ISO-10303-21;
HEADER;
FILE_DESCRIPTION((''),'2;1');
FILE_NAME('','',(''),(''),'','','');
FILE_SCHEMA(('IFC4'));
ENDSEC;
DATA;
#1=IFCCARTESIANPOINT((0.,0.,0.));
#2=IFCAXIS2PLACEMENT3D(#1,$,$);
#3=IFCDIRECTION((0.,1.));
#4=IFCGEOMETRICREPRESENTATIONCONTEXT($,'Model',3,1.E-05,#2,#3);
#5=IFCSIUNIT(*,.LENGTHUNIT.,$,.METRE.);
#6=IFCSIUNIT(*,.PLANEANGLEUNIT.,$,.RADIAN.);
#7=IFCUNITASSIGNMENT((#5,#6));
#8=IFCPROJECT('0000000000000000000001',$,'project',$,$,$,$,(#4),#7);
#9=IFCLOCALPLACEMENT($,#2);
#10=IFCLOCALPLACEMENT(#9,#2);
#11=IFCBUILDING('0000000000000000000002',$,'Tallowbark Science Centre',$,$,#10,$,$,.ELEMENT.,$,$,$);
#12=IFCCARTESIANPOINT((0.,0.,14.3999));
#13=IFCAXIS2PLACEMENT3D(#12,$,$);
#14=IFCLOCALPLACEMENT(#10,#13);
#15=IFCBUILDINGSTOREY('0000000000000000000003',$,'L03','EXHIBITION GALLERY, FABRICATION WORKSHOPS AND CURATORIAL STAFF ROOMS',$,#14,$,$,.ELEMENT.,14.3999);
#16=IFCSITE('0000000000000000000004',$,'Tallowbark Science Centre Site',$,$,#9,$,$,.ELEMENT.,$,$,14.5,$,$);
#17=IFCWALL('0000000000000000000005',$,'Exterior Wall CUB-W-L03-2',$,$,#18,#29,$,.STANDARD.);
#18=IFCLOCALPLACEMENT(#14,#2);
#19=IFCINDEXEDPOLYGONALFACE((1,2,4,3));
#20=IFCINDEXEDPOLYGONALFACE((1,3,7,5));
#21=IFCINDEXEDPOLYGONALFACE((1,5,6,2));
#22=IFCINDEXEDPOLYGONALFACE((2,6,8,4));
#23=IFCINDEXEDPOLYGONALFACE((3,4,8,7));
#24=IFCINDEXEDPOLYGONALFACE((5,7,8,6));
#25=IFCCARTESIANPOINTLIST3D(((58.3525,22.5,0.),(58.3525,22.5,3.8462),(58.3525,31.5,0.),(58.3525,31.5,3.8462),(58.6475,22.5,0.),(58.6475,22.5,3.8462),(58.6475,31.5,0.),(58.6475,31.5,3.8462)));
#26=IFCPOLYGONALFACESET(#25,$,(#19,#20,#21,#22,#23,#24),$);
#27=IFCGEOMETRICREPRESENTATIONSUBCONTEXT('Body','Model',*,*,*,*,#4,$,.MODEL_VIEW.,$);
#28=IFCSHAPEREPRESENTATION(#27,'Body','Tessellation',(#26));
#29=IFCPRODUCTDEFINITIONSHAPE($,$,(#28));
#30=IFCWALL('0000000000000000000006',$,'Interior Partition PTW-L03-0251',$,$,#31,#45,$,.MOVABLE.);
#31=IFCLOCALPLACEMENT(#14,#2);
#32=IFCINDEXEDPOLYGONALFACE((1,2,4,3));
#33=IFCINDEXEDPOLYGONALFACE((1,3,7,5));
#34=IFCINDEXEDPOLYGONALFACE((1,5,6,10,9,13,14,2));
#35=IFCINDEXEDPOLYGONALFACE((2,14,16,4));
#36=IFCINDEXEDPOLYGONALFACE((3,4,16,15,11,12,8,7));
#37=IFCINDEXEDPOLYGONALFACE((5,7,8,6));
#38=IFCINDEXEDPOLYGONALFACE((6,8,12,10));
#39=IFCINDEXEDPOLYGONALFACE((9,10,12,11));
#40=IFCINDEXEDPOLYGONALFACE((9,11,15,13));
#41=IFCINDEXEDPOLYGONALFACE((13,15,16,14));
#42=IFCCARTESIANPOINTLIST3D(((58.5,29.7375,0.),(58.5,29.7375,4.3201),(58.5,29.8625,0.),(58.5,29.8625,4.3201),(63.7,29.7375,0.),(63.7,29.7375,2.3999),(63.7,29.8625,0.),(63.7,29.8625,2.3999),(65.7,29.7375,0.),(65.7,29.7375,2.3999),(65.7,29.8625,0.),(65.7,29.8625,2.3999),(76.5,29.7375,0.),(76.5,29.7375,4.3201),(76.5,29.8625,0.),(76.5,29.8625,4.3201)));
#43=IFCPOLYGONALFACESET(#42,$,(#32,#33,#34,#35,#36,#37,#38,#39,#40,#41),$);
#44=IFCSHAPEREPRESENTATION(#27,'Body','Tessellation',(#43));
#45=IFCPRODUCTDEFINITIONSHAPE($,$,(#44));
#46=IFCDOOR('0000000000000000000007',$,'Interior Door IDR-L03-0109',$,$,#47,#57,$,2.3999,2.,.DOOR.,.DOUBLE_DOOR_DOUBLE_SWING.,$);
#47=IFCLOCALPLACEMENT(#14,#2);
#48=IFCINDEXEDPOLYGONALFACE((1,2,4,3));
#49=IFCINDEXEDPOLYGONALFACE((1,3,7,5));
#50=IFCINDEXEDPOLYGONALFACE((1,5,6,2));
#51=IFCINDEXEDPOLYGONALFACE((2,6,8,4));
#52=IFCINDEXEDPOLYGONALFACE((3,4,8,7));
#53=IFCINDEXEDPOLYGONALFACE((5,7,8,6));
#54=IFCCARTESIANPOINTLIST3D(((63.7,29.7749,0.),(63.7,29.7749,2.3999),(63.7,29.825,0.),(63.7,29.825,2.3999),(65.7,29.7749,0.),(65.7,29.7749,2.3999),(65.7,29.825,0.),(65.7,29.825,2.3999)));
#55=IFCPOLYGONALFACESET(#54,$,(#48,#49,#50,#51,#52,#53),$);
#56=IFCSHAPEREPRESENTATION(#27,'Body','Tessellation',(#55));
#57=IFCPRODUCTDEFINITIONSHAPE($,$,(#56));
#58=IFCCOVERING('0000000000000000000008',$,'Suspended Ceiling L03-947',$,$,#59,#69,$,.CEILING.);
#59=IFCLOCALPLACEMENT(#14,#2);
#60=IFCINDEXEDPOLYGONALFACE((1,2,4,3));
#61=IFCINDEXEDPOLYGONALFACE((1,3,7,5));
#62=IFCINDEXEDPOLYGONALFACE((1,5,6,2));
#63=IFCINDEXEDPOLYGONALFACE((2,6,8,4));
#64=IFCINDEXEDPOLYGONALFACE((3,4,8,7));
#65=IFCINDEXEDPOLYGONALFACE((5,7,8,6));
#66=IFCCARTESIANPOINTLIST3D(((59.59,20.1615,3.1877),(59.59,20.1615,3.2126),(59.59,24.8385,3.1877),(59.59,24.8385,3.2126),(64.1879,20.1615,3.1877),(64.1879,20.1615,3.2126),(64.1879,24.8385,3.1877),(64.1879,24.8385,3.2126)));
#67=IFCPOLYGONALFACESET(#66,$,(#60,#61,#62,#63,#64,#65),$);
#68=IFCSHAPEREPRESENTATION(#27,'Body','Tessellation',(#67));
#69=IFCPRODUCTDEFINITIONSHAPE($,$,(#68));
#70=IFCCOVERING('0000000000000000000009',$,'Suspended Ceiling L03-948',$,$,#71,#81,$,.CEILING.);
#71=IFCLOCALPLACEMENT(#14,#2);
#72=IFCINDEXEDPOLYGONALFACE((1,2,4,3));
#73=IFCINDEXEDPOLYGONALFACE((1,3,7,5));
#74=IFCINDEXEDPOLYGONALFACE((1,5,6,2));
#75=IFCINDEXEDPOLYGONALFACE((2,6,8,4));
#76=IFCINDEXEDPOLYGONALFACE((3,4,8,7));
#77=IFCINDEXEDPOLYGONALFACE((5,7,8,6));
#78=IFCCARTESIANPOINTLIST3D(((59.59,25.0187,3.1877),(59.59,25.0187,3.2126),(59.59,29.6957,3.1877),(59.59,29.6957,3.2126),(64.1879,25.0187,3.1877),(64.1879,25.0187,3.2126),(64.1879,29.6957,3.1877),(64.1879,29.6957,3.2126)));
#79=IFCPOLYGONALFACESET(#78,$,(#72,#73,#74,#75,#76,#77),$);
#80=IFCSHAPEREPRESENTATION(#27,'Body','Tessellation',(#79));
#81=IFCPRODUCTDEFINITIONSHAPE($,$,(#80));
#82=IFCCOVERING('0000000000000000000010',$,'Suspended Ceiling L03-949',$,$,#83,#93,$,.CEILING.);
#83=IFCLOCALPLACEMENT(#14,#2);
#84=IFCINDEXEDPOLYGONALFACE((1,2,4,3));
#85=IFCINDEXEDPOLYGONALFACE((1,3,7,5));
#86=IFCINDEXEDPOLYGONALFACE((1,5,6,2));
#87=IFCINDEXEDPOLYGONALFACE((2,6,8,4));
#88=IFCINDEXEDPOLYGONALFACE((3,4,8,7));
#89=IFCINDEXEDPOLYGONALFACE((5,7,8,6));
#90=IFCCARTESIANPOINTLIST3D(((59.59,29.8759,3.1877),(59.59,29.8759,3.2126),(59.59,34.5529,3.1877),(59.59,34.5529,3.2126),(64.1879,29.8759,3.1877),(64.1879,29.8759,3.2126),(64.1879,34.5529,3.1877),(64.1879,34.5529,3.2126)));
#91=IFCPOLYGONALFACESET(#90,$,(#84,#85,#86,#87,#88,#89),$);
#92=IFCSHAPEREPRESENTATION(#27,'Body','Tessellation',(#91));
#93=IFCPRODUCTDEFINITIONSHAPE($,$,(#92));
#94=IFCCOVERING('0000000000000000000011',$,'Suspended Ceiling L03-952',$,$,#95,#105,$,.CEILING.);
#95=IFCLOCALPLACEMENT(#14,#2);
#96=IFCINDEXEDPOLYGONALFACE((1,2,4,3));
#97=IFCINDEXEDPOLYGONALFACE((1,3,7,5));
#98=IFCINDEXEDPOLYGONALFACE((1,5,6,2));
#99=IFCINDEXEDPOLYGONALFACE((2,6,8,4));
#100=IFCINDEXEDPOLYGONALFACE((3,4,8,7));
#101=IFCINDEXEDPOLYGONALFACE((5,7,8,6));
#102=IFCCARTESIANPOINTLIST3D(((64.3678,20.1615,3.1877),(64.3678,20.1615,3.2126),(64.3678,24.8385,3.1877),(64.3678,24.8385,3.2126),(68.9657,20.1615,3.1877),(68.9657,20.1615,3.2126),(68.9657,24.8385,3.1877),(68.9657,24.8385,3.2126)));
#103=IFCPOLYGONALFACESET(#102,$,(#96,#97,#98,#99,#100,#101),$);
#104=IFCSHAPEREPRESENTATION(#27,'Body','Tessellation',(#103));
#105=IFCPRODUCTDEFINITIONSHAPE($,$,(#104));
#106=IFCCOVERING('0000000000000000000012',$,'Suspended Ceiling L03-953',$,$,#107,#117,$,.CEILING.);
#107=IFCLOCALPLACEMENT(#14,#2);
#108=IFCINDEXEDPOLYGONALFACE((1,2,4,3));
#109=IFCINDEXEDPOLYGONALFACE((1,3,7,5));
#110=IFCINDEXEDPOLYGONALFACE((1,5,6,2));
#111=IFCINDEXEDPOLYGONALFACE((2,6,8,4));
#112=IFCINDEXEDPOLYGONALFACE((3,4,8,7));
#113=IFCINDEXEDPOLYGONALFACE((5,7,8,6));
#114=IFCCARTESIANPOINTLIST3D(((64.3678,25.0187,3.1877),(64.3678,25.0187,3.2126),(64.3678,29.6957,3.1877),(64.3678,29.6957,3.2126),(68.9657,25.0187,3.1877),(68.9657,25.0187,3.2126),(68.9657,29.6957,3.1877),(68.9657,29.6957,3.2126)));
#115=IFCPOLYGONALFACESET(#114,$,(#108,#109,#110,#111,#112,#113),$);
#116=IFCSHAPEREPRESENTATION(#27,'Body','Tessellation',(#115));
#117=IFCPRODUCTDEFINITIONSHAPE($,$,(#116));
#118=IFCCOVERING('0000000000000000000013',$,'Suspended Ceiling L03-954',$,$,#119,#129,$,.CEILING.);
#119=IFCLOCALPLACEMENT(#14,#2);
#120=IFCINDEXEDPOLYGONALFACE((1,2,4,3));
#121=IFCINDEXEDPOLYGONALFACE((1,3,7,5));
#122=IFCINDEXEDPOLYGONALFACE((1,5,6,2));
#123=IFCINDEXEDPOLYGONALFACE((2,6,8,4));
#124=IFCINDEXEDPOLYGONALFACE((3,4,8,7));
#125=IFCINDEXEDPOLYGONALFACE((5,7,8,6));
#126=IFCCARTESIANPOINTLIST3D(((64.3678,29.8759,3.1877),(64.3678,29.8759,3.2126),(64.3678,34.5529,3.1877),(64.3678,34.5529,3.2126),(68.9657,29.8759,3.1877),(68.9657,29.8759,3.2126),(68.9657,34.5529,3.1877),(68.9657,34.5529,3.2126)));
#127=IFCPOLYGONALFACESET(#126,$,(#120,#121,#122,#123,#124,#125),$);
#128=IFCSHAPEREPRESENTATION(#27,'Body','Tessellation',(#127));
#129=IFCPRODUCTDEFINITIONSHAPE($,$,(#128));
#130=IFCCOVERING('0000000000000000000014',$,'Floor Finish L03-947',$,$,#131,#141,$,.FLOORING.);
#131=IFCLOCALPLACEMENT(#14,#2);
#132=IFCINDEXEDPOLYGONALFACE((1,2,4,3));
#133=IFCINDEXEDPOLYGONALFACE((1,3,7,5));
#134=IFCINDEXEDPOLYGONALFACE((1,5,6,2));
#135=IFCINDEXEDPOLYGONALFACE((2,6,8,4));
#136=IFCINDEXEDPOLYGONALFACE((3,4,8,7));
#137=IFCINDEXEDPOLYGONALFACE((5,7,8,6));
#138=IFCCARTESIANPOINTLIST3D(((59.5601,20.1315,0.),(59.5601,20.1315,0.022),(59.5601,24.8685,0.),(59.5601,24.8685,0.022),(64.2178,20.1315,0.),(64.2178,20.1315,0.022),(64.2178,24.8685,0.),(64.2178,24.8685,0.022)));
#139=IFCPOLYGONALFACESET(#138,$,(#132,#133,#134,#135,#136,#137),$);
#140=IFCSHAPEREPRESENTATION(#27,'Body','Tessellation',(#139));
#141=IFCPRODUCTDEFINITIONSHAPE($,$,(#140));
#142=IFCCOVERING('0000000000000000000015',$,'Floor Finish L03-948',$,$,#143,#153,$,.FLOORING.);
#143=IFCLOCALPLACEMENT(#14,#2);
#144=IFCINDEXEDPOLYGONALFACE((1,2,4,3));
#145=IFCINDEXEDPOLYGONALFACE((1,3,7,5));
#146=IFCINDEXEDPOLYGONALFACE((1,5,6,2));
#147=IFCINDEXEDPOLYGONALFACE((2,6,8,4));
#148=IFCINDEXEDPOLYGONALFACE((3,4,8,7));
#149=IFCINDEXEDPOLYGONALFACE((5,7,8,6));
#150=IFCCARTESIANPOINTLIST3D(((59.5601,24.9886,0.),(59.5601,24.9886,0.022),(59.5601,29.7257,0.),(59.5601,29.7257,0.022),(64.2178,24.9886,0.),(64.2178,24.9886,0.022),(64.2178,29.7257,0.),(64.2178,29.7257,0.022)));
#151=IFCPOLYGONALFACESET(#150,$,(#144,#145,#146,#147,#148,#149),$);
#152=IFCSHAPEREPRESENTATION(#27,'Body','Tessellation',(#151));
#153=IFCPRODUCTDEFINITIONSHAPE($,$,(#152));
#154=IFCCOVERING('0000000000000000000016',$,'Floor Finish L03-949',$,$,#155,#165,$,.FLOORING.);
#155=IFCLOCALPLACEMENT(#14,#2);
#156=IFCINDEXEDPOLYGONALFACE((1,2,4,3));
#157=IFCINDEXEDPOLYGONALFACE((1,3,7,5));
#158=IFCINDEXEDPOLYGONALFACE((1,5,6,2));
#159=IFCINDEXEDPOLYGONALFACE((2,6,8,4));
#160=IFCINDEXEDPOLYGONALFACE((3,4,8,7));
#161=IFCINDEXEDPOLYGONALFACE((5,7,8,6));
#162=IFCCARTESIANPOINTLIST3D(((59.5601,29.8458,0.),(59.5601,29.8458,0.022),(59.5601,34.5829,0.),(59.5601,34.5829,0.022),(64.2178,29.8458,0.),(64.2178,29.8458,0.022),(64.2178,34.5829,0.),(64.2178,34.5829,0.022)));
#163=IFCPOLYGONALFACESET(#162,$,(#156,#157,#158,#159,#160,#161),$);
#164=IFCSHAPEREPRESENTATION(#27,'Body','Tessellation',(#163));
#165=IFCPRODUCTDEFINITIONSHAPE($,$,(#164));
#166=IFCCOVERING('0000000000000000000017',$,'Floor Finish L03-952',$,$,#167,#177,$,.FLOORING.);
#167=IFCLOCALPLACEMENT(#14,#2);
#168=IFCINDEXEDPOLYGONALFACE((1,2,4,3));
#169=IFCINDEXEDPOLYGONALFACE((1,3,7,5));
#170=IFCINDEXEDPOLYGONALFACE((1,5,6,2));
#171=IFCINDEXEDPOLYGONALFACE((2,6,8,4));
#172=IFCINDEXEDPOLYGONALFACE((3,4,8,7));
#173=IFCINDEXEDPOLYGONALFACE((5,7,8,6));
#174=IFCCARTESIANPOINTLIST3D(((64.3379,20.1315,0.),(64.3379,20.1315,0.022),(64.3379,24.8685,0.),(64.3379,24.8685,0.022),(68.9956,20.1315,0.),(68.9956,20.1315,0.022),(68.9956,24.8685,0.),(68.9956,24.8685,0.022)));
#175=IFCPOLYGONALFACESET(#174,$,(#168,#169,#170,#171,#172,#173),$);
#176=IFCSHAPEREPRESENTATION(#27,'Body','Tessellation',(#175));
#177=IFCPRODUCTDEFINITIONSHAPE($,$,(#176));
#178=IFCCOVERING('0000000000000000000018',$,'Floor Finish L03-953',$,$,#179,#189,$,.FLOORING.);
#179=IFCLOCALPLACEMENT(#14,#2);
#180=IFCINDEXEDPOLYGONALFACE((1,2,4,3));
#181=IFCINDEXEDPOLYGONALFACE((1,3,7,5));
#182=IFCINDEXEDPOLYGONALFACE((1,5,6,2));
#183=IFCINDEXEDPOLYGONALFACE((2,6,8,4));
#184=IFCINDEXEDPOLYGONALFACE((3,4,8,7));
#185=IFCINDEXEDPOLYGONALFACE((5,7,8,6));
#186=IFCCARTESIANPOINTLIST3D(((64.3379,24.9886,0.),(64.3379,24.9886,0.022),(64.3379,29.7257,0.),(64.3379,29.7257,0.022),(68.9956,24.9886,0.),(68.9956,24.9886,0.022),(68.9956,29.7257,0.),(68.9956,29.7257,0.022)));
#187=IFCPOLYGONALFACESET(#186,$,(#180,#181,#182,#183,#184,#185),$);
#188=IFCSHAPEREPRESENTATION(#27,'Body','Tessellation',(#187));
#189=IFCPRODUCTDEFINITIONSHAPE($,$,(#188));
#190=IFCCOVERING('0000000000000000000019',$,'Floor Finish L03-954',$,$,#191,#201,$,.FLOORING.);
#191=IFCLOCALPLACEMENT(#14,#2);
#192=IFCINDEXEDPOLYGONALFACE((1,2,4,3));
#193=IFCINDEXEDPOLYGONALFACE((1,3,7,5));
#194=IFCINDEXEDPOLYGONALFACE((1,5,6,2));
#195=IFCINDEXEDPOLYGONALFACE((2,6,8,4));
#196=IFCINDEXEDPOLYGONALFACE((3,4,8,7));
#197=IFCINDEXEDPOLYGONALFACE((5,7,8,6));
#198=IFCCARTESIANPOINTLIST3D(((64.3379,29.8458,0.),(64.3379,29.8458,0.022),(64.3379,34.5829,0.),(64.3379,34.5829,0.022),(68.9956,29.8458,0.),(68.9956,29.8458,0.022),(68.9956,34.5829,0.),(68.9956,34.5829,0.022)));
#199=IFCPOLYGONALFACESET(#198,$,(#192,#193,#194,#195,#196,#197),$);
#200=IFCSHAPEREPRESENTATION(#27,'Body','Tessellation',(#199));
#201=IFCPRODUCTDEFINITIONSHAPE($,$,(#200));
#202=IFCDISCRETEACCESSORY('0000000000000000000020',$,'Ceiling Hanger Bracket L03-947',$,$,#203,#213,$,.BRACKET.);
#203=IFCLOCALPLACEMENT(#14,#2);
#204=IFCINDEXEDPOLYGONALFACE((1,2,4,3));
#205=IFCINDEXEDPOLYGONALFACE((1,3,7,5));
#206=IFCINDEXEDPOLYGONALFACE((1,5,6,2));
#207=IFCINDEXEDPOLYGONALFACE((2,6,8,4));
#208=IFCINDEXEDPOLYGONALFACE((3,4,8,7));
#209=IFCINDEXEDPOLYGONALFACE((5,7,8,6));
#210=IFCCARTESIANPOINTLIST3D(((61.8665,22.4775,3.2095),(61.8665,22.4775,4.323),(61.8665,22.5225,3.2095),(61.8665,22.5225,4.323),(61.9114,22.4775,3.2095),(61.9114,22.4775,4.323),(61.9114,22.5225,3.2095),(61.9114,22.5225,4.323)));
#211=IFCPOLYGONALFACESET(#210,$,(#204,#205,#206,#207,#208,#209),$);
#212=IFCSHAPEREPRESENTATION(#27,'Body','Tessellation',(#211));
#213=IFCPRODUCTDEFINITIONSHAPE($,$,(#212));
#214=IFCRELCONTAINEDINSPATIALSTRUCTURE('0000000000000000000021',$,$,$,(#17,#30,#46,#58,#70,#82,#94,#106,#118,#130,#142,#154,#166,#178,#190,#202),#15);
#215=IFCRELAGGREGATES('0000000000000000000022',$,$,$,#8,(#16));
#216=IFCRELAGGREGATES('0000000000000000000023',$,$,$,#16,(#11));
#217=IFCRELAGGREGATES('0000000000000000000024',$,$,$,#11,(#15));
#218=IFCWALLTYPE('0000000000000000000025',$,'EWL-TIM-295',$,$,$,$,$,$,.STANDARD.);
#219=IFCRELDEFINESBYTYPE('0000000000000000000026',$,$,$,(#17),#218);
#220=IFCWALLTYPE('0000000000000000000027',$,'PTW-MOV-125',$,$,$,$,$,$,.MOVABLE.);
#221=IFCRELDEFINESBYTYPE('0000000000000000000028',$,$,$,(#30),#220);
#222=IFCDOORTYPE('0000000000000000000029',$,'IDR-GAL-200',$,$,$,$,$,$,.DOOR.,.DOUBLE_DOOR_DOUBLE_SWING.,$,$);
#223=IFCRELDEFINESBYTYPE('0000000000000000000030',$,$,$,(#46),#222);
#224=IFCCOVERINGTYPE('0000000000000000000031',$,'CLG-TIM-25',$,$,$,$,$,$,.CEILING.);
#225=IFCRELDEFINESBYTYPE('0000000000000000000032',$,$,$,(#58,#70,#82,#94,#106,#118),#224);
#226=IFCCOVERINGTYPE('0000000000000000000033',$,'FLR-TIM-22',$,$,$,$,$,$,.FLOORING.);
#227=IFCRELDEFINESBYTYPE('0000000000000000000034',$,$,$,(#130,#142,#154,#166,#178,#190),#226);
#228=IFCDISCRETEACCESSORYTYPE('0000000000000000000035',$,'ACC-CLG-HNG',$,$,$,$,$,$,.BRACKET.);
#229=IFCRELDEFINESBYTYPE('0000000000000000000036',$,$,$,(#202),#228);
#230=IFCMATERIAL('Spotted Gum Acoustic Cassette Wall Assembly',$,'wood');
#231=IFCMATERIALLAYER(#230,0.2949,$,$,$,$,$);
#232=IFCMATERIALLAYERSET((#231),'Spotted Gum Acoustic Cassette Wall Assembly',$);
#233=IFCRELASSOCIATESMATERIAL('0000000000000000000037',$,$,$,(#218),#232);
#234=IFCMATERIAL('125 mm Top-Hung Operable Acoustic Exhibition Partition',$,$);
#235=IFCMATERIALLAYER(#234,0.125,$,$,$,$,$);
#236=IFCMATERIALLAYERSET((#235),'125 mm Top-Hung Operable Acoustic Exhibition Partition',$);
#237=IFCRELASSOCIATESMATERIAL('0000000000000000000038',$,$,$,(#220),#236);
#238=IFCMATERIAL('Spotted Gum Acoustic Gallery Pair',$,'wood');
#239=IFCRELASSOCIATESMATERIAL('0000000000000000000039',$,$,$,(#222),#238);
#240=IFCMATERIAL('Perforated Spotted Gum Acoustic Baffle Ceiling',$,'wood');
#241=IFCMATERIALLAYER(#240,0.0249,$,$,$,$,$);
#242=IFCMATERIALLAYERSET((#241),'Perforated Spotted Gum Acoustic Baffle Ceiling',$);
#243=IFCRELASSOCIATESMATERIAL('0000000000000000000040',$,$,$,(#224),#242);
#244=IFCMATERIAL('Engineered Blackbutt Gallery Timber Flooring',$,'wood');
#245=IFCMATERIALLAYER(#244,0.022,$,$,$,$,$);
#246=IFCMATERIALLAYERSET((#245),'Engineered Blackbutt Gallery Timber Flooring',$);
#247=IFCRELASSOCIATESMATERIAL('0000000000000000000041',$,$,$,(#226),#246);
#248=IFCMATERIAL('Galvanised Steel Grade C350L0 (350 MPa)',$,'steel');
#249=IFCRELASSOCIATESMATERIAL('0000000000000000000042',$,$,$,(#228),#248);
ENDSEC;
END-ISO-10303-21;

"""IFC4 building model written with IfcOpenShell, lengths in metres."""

from ifc_helpers import new_model, si_unit, direction, frame, frame_2d, origin, origin_2d, place, context, subcontext, project, spatial, rectangle, extrude, material, layer, layer_set, type_object, element, fill, save


model = new_model("IFC4")

# Units and contexts
model_context = context("Model", 3, precision=1e-05, world=origin(), true_north=direction((0.0, 1.0)))
body_context = subcontext(model_context, "Body", "Model", "MODEL_VIEW")
ifc_project = project(units=[si_unit("LENGTHUNIT", "METRE"), si_unit("PLANEANGLEUNIT", "RADIAN")], contexts=[model_context])

# Site, building, storey
site_placement = place(None, origin())
site = spatial("IfcSite", under=ifc_project, at=site_placement, Name="Tallowbark Science Centre Site", CompositionType="ELEMENT", RefElevation=14.5)
building_placement = place(site_placement, origin())
building = spatial("IfcBuilding", under=site, at=building_placement, Name="Tallowbark Science Centre", CompositionType="ELEMENT")
storey_placement = place(building_placement, frame((0.0, 0.0, 14.3999)))
storey = spatial("IfcBuildingStorey", under=building, at=storey_placement, Name="L03", Description="EXHIBITION GALLERY, FABRICATION WORKSHOPS AND CURATORIAL STAFF ROOMS", CompositionType="ELEMENT", Elevation=14.3999)

# Wall
ifc_material_1 = material(Name="Spotted Gum Acoustic Cassette Wall Assembly", Category="wood")
ifc_layer_1 = layer(ifc_material_1, 0.2949)
ifc_layer_set_1 = layer_set([ifc_layer_1], Name="Spotted Gum Acoustic Cassette Wall Assembly")
wall_type_1 = type_object("IfcWallType", Name="EWL-TIM-295", PredefinedType="STANDARD", material=ifc_layer_set_1)
for number, where, z_axis, x_axis, name in (
    (1, (58.5, 31.5, 0.0), (0.0, 0.0, 1.0), (0.0, -1.0, 0.0), "Exterior Wall CUB-W-L03-2"),
):
    element("IfcWall", number, at=place(storey_placement, frame(where, z_axis=z_axis, x_axis=x_axis)), inside=storey, type_object=wall_type_1, Name=name, PredefinedType="STANDARD", context=body_context, shape_type="SweptSolid", body=[
        extrude(rectangle(XDim=9.0, YDim=0.2949, at=frame_2d((4.5, 0.0))), origin(), (0.0, 0.0, 1.0), 3.8462),
    ])

# Wall, opening, door
ifc_material_2 = material(Name="125 mm Top-Hung Operable Acoustic Exhibition Partition")
ifc_layer_2 = layer(ifc_material_2, 0.125)
ifc_layer_set_2 = layer_set([ifc_layer_2], Name="125 mm Top-Hung Operable Acoustic Exhibition Partition")
wall_type_2 = type_object("IfcWallType", Name="PTW-MOV-125", PredefinedType="MOVABLE", material=ifc_layer_set_2)
wall_placement = place(storey_placement, frame((58.5, 29.8, 0.0), z_axis=(0.0, 0.0, 1.0), x_axis=(1.0, 0.0, 0.0)))
wall = element("IfcWall", 2, at=wall_placement, inside=storey, type_object=wall_type_2, Name="Interior Partition PTW-L03-0251", PredefinedType="MOVABLE", context=body_context, shape_type="SweptSolid", body=[
    extrude(rectangle(XDim=18.0, YDim=0.125, at=frame_2d((9.0, 0.0))), origin(), (0.0, 0.0, 1.0), 4.3201),
])
opening_placement = place(wall_placement, frame((5.2, 0.0, 0.0)))
opening = element("IfcOpeningElement", 3, at=opening_placement, cuts=wall, PredefinedType="OPENING", context=body_context, shape_type="SweptSolid", body=[
    extrude(rectangle(XDim=2.0, YDim=2.3999, at=frame_2d((1.0, 1.2))), frame((0.0, 0.0725, 0.0), z_axis=(0.0, -1.0, 0.0), x_axis=(1.0, 0.0, 0.0)), (0.0, 0.0, 1.0), 0.145),
])
ifc_material_3 = material(Name="Spotted Gum Acoustic Gallery Pair", Category="wood")
door_type = type_object("IfcDoorType", Name="IDR-GAL-200", OperationType="DOUBLE_DOOR_DOUBLE_SWING", PredefinedType="DOOR", material=ifc_material_3)
door_placement = place(opening_placement, origin())
door = element("IfcDoor", 4, at=door_placement, inside=storey, type_object=door_type, Name="Interior Door IDR-L03-0109", OperationType="DOUBLE_DOOR_DOUBLE_SWING", OverallHeight=2.3999, OverallWidth=2.0, PredefinedType="DOOR", context=body_context, shape_type="SweptSolid", body=[
    extrude(rectangle(XDim=2.0, YDim=2.3999, at=frame_2d((1.0, 1.2))), frame((0.0, 0.0249, 0.0), z_axis=(0.0, -1.0, 0.0), x_axis=(1.0, 0.0, 0.0)), (0.0, 0.0, 1.0), 0.05),
])
fill(opening, door)

# Coverings
ifc_material_4 = material(Name="Perforated Spotted Gum Acoustic Baffle Ceiling", Category="wood")
ifc_layer_3 = layer(ifc_material_4, 0.0249)
ifc_layer_set_3 = layer_set([ifc_layer_3], Name="Perforated Spotted Gum Acoustic Baffle Ceiling")
covering_type_1 = type_object("IfcCoveringType", Name="CLG-TIM-25", PredefinedType="CEILING", material=ifc_layer_set_3)
for number, where, z_axis, x_axis, name in (
    (5, (61.8889, 22.5, 3.1877), (0.0, 0.0, 1.0), (1.0, 0.0, 0.0), "Suspended Ceiling L03-947"),
    (6, (61.8889, 27.3572, 3.1877), (0.0, 0.0, 1.0), (1.0, 0.0, 0.0), "Suspended Ceiling L03-948"),
    (7, (61.8889, 32.2144, 3.1877), (0.0, 0.0, 1.0), (1.0, 0.0, 0.0), "Suspended Ceiling L03-949"),
    (8, (66.6667, 22.5, 3.1877), (0.0, 0.0, 1.0), (1.0, 0.0, 0.0), "Suspended Ceiling L03-952"),
    (9, (66.6667, 27.3572, 3.1877), (0.0, 0.0, 1.0), (1.0, 0.0, 0.0), "Suspended Ceiling L03-953"),
    (10, (66.6667, 32.2144, 3.1877), (0.0, 0.0, 1.0), (1.0, 0.0, 0.0), "Suspended Ceiling L03-954"),
):
    element("IfcCovering", number, at=place(storey_placement, frame(where, z_axis=z_axis, x_axis=x_axis)), inside=storey, type_object=covering_type_1, Name=name, PredefinedType="CEILING", context=body_context, shape_type="SweptSolid", body=[
        extrude(rectangle(XDim=4.5979, YDim=4.677, at=origin_2d()), origin(), (0.0, 0.0, 1.0), 0.0249),
    ])
ifc_material_5 = material(Name="Engineered Blackbutt Gallery Timber Flooring", Category="wood")
ifc_layer_4 = layer(ifc_material_5, 0.022)
ifc_layer_set_4 = layer_set([ifc_layer_4], Name="Engineered Blackbutt Gallery Timber Flooring")
covering_type_2 = type_object("IfcCoveringType", Name="FLR-TIM-22", PredefinedType="FLOORING", material=ifc_layer_set_4)
for number, where, z_axis, x_axis, name in (
    (11, (61.8889, 22.5, 0.0), (0.0, 0.0, 1.0), (1.0, 0.0, 0.0), "Floor Finish L03-947"),
    (12, (61.8889, 27.3572, 0.0), (0.0, 0.0, 1.0), (1.0, 0.0, 0.0), "Floor Finish L03-948"),
    (13, (61.8889, 32.2144, 0.0), (0.0, 0.0, 1.0), (1.0, 0.0, 0.0), "Floor Finish L03-949"),
    (14, (66.6667, 22.5, 0.0), (0.0, 0.0, 1.0), (1.0, 0.0, 0.0), "Floor Finish L03-952"),
    (15, (66.6667, 27.3572, 0.0), (0.0, 0.0, 1.0), (1.0, 0.0, 0.0), "Floor Finish L03-953"),
    (16, (66.6667, 32.2144, 0.0), (0.0, 0.0, 1.0), (1.0, 0.0, 0.0), "Floor Finish L03-954"),
):
    element("IfcCovering", number, at=place(storey_placement, frame(where, z_axis=z_axis, x_axis=x_axis)), inside=storey, type_object=covering_type_2, Name=name, PredefinedType="FLOORING", context=body_context, shape_type="SweptSolid", body=[
        extrude(rectangle(XDim=4.6577, YDim=4.7371, at=origin_2d()), origin(), (0.0, 0.0, 1.0), 0.022),
    ])

# Discrete accessory
ifc_material_6 = material(Name="Galvanised Steel Grade C350L0 (350 MPa)", Category="steel")
discrete_accessory_type = type_object("IfcDiscreteAccessoryType", Name="ACC-CLG-HNG", PredefinedType="BRACKET", material=ifc_material_6)
for number, where, z_axis, x_axis, name in (
    (17, (61.8889, 22.5, 3.2095), (0.0, 0.0, 1.0), (1.0, 0.0, 0.0), "Ceiling Hanger Bracket L03-947"),
):
    element("IfcDiscreteAccessory", number, at=place(storey_placement, frame(where, z_axis=z_axis, x_axis=x_axis)), inside=storey, type_object=discrete_accessory_type, Name=name, PredefinedType="BRACKET", context=body_context, shape_type="SweptSolid", body=[
        extrude(rectangle(XDim=0.0449, YDim=0.0449, at=origin_2d()), origin(), (0.0, 0.0, 1.0), 1.1135),
    ])

save(model, "model.ifc")
